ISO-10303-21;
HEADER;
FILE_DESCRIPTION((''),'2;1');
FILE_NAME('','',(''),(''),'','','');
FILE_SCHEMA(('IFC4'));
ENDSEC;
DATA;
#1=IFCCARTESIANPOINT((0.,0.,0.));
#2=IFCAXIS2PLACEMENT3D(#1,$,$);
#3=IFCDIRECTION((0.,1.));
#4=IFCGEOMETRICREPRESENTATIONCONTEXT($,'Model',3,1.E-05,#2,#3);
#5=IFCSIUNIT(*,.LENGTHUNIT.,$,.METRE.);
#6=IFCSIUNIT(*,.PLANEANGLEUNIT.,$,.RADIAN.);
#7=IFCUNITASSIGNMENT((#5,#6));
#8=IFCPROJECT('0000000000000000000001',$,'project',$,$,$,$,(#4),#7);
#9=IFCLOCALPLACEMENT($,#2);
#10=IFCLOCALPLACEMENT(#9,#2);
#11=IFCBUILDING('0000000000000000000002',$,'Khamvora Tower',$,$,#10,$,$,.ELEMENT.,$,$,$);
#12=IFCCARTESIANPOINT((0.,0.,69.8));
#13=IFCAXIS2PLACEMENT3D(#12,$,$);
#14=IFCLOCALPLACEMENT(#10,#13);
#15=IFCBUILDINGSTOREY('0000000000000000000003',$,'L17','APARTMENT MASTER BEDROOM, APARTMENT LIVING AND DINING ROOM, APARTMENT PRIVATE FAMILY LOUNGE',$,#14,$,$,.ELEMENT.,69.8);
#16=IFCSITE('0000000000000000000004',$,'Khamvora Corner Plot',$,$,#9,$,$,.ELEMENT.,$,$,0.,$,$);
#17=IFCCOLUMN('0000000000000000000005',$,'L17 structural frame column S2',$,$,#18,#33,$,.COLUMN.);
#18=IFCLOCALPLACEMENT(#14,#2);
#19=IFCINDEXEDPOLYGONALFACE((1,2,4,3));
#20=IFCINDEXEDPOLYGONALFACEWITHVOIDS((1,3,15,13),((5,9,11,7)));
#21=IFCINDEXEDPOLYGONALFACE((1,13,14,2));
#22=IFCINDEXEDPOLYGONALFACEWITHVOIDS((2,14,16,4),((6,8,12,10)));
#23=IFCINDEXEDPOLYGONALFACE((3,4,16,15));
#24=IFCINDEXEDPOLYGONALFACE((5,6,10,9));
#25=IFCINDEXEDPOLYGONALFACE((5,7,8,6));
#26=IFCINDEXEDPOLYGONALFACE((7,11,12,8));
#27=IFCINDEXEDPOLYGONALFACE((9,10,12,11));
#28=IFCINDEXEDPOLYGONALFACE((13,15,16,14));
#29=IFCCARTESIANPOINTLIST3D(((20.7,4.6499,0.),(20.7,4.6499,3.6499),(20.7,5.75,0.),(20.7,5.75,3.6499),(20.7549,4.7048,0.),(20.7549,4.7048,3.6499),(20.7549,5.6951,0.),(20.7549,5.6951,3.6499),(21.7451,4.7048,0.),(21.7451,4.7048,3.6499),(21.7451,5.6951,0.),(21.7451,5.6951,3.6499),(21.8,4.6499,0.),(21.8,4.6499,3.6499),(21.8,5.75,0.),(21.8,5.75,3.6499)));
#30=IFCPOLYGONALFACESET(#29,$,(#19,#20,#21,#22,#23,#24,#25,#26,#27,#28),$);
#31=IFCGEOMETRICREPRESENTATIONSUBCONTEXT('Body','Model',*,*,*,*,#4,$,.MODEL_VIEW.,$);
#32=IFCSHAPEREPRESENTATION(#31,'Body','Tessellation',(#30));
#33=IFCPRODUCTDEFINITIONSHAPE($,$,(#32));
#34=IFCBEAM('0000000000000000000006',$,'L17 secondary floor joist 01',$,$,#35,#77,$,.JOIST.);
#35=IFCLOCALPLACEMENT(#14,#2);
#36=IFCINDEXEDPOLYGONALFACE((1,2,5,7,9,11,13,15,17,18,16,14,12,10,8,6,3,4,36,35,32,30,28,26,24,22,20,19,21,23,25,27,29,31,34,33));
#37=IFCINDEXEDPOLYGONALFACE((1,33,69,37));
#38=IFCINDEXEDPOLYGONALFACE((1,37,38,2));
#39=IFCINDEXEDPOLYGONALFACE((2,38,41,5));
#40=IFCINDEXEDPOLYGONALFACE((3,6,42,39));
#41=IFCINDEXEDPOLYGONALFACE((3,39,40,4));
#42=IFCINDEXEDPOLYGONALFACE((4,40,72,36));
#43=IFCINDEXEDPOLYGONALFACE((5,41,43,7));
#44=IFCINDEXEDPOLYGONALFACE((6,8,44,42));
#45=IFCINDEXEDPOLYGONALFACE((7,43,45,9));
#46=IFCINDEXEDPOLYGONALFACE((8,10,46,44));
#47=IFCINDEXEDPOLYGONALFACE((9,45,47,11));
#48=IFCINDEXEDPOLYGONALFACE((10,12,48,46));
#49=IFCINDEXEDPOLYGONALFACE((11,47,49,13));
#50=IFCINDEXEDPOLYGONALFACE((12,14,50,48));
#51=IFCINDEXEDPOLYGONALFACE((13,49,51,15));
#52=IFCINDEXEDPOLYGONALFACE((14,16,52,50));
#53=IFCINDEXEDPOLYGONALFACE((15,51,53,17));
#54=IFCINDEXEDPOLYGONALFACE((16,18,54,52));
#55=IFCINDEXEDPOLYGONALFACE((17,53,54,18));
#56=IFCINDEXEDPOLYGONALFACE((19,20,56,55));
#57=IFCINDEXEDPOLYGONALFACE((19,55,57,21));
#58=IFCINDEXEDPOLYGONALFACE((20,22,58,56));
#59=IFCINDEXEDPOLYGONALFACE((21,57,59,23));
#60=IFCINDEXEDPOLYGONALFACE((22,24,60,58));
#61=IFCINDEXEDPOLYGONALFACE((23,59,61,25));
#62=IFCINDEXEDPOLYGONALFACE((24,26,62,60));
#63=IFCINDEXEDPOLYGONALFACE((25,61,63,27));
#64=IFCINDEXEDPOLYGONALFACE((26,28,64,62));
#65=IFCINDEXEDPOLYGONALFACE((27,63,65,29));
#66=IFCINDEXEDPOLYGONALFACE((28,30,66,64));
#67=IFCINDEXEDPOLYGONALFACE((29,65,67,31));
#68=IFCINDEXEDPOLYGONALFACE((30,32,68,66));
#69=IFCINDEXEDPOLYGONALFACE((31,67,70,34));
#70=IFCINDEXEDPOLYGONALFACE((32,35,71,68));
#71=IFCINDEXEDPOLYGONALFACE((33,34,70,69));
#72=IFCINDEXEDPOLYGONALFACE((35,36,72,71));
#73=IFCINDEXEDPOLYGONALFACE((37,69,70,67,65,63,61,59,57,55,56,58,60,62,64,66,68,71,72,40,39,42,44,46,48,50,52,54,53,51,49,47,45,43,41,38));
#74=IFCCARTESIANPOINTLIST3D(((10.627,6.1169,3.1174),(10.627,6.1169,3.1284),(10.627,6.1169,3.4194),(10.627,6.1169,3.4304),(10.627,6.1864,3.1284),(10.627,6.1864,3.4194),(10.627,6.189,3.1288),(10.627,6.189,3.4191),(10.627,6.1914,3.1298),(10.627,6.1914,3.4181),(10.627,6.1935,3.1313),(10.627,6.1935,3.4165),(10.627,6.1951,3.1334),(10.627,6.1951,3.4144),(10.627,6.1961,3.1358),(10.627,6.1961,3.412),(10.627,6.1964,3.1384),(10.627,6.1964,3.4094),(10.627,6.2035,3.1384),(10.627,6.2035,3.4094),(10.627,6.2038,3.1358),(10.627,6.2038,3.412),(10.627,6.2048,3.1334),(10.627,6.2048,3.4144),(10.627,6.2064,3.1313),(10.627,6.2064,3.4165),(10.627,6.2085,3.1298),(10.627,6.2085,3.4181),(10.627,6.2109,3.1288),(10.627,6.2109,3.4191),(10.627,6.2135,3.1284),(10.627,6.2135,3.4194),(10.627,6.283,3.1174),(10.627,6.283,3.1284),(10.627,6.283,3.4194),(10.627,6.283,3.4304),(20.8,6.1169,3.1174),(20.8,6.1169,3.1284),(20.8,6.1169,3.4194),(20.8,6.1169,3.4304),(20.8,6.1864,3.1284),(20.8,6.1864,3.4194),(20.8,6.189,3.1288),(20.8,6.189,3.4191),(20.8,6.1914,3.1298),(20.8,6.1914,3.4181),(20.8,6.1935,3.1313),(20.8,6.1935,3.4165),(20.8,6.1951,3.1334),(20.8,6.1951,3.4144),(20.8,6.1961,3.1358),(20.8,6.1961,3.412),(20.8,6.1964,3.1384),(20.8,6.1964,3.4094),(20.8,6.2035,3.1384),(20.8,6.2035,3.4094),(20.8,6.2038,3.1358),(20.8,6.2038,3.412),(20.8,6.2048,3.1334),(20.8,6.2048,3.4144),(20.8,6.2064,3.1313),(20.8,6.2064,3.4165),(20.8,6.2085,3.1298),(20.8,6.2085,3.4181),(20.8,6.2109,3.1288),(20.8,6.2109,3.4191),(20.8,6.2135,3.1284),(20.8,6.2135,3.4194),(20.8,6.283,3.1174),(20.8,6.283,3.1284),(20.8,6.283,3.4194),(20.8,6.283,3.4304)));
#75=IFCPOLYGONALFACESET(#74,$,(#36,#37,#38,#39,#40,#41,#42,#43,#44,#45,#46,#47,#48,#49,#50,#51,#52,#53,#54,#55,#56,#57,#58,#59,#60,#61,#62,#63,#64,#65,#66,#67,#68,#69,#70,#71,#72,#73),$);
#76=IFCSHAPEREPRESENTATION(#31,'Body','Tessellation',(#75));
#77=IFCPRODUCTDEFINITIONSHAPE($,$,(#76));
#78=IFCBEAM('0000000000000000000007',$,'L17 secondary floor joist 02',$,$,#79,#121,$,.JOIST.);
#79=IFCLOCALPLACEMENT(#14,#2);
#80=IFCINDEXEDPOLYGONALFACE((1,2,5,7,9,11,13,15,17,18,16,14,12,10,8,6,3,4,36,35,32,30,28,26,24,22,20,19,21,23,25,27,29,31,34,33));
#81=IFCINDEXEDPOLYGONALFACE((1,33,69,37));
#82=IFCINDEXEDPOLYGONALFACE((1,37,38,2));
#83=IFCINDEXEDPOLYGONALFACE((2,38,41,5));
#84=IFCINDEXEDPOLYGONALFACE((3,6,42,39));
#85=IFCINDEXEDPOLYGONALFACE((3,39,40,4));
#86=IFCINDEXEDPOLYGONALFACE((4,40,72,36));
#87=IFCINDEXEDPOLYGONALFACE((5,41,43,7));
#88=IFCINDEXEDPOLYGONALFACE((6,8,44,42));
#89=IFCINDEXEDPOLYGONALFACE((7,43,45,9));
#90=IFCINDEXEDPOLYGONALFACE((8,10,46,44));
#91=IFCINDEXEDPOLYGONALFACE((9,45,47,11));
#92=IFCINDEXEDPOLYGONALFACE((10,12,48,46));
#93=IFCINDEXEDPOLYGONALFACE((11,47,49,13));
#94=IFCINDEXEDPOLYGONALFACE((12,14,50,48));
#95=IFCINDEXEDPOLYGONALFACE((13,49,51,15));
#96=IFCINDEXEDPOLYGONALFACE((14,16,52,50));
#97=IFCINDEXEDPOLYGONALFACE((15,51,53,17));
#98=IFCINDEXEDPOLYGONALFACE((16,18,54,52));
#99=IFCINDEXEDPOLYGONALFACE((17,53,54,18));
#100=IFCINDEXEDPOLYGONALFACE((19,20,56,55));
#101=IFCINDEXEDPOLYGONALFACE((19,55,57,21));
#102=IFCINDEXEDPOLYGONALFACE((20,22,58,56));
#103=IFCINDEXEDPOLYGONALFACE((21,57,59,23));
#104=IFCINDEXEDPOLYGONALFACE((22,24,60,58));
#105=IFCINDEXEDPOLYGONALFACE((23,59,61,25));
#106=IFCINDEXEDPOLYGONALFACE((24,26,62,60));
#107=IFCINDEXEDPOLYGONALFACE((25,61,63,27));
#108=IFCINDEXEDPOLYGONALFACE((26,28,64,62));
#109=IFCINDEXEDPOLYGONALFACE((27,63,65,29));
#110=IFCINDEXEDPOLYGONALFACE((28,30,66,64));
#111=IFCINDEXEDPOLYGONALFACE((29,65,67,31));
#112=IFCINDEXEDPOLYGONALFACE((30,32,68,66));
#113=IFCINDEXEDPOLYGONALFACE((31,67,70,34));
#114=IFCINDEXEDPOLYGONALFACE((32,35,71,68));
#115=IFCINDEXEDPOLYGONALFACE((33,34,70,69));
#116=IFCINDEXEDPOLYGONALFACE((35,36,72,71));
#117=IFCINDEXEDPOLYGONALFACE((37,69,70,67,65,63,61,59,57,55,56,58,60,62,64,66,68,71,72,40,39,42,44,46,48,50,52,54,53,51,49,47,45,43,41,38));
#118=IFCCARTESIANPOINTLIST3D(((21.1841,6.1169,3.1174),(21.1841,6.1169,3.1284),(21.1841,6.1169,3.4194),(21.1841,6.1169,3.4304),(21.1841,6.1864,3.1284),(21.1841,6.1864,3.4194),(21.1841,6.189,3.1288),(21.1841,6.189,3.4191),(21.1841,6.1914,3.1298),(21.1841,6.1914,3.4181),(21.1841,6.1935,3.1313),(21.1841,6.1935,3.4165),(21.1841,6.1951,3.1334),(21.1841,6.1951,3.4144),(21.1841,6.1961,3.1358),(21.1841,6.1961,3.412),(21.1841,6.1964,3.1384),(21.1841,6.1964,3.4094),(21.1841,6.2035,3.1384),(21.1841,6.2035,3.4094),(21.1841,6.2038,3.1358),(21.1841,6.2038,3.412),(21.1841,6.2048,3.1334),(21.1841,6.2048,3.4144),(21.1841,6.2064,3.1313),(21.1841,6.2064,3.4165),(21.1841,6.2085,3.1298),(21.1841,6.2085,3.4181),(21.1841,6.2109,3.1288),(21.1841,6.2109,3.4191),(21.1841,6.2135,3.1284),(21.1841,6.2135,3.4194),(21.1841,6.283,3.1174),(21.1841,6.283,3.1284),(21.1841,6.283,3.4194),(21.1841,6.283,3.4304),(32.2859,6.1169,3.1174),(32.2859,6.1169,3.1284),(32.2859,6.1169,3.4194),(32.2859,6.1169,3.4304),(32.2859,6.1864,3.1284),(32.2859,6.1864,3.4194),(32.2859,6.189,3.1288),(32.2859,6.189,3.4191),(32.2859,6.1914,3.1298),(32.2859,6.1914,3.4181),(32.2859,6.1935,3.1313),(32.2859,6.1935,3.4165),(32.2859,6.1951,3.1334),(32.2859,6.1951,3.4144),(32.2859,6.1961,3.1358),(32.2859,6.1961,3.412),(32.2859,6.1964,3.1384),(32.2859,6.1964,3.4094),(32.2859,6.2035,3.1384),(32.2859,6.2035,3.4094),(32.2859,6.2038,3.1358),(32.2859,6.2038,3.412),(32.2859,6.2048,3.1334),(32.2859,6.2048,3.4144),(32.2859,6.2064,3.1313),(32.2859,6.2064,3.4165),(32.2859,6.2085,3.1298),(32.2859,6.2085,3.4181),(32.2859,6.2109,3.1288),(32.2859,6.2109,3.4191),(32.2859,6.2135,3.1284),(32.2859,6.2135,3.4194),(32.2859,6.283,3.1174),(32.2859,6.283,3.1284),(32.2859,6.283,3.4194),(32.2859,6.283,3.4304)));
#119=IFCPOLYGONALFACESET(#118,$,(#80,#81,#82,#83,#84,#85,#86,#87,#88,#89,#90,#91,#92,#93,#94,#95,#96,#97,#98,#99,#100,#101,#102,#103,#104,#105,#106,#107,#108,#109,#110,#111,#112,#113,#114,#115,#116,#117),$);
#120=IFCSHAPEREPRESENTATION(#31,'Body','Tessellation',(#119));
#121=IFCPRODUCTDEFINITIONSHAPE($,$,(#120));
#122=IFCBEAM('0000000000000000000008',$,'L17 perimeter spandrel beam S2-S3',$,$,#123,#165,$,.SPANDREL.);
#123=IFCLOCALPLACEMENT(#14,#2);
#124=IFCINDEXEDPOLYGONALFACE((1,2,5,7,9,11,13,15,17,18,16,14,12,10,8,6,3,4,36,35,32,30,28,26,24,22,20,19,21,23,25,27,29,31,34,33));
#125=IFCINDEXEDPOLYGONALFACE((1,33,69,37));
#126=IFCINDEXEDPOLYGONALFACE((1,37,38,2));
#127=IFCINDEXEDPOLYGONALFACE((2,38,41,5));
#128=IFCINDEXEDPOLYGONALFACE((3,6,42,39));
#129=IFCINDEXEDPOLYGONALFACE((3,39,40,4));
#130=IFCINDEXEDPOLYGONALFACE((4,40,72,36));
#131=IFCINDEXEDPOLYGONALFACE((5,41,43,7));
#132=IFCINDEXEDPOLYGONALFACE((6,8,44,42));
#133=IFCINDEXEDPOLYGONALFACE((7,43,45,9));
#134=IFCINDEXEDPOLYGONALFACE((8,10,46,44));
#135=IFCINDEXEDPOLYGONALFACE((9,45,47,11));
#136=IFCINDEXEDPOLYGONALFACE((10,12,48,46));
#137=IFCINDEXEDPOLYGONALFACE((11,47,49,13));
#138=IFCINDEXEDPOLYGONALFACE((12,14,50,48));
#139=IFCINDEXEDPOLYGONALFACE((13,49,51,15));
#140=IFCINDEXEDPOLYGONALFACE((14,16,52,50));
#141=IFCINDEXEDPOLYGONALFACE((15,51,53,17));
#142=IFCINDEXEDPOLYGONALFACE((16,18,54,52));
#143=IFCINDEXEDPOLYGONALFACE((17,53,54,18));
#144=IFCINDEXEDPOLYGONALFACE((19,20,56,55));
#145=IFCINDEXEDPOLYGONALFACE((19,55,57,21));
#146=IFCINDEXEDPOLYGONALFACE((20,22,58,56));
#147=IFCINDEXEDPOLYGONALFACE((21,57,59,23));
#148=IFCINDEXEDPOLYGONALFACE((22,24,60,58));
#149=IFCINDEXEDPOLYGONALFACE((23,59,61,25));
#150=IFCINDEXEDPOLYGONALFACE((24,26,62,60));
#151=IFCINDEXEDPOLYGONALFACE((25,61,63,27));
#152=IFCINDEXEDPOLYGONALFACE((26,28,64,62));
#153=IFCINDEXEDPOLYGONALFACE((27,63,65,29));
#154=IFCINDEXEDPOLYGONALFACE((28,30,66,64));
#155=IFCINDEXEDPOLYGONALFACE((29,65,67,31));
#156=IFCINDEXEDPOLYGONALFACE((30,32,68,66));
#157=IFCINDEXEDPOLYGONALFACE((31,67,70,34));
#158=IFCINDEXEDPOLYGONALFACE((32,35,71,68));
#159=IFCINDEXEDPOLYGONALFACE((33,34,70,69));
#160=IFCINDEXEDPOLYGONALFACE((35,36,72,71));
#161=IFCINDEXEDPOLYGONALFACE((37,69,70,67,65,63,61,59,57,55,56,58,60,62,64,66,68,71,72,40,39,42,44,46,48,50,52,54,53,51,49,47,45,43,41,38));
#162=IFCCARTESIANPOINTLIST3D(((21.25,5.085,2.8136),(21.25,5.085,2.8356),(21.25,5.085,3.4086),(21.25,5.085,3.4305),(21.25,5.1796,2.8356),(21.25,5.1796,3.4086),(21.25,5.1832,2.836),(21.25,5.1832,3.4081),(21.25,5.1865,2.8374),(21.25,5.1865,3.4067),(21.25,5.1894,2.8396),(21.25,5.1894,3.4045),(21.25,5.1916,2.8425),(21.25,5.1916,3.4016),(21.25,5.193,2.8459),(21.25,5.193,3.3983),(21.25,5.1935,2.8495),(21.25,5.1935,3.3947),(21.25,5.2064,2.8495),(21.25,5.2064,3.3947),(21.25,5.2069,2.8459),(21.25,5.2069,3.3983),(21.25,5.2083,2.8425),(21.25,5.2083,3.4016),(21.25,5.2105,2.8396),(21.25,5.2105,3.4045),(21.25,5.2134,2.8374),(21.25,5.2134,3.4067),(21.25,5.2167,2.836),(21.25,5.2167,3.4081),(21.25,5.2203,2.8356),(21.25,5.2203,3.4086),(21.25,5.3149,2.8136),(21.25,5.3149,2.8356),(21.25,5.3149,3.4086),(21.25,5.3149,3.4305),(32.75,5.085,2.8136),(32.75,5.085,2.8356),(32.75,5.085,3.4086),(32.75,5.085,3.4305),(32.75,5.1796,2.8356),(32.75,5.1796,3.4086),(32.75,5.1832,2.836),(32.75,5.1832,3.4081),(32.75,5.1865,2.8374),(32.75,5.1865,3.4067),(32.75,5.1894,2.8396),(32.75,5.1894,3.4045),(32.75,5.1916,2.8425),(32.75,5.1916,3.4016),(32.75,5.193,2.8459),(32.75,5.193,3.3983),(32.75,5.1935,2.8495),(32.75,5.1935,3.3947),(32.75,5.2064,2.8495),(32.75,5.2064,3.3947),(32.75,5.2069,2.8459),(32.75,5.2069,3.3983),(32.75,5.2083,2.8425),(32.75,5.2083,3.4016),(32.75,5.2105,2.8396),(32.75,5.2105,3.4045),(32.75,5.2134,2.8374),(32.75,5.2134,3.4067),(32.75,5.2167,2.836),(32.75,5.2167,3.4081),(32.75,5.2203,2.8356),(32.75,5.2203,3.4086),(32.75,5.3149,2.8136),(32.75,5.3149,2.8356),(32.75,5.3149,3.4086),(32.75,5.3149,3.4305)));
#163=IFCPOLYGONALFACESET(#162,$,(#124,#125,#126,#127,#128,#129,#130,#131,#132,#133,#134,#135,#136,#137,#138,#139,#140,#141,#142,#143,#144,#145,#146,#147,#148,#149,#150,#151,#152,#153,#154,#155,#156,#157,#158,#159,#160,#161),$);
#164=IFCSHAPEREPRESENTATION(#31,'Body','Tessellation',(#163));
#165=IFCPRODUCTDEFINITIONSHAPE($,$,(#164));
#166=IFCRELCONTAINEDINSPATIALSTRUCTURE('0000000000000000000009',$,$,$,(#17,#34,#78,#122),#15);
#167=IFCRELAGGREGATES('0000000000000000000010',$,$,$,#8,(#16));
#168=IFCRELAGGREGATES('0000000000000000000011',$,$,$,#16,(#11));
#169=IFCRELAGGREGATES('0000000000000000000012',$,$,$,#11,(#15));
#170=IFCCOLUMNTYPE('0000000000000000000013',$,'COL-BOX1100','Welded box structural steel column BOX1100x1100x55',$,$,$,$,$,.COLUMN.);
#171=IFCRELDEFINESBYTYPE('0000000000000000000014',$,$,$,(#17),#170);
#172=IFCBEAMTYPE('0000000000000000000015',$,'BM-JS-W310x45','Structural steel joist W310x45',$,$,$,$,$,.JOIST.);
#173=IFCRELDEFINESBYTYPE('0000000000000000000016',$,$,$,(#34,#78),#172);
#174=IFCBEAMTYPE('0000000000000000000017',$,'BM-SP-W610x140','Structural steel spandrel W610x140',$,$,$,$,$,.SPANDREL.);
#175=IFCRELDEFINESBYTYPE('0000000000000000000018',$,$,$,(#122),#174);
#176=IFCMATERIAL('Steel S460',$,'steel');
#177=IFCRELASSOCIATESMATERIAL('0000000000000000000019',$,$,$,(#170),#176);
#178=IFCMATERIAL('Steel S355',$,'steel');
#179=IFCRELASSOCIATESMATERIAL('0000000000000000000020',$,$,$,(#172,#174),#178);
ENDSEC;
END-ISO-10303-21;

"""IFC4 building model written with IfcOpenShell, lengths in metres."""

from ifc_helpers import new_model, si_unit, direction, frame, origin, origin_2d, place, context, subcontext, project, spatial, hollow_rectangle, i_section, extrude, material, material_profile, profile_set, type_object, element, save


model = new_model("IFC4")

# Units and contexts
model_context = context("Model", 3, precision=1e-05, world=origin(), true_north=direction((0.0, 1.0)))
body_context = subcontext(model_context, "Body", "Model", "MODEL_VIEW")
ifc_project = project(units=[si_unit("LENGTHUNIT", "METRE"), si_unit("PLANEANGLEUNIT", "RADIAN")], contexts=[model_context])

# Site, building, storey
site_placement = place(None, origin())
site = spatial("IfcSite", under=ifc_project, at=site_placement, Name="Khamvora Corner Plot", CompositionType="ELEMENT", RefElevation=0.0)
building_placement = place(site_placement, origin())
building = spatial("IfcBuilding", under=site, at=building_placement, Name="Khamvora Tower", CompositionType="ELEMENT")
storey_placement = place(building_placement, frame((0.0, 0.0, 69.8)))
storey = spatial("IfcBuildingStorey", under=building, at=storey_placement, Name="L17", Description="APARTMENT MASTER BEDROOM, APARTMENT LIVING AND DINING ROOM, APARTMENT PRIVATE FAMILY LOUNGE", CompositionType="ELEMENT", Elevation=69.8)

# Column
ifc_material_1 = material(Name="Steel S460", Category="steel")
ifc_material_profile_1 = material_profile(ifc_material_1, hollow_rectangle(XDim=1.1001, YDim=1.1001, WallThickness=0.0549, at=origin_2d()), Name="BOX1100x1100x55")
ifc_profile_set_1 = profile_set([ifc_material_profile_1], Name="Steel S460")
column_type = type_object("IfcColumnType", Name="COL-BOX1100", Description="Welded box structural steel column BOX1100x1100x55", PredefinedType="COLUMN", material=ifc_profile_set_1)
column_placement = place(storey_placement, frame((21.25, 5.2, 0.0), z_axis=(0.0, 0.0, 1.0), x_axis=(1.0, 0.0, 0.0)))
element("IfcColumn", 1, at=column_placement, inside=storey, type_object=column_type, Name="L17 structural frame column S2", PredefinedType="COLUMN", context=body_context, shape_type="SweptSolid", body=[
    extrude(hollow_rectangle(XDim=1.1001, YDim=1.1001, WallThickness=0.0549, at=origin_2d()), origin(), (0.0, 0.0, 1.0), 3.6499),
])

# Beams
ifc_material_2 = material(Name="Steel S355", Category="steel")
ifc_material_profile_2 = material_profile(ifc_material_2, i_section(OverallWidth=0.166, OverallDepth=0.313, WebThickness=0.0071, FlangeThickness=0.011, FilletRadius=0.01, at=origin_2d()), Name="W310x45")
ifc_profile_set_2 = profile_set([ifc_material_profile_2], Name="Steel S355")
beam_type_1 = type_object("IfcBeamType", Name="BM-JS-W310x45", Description="Structural steel joist W310x45", PredefinedType="JOIST", material=ifc_profile_set_2)
beam_1_placement = place(storey_placement, frame((10.627, 6.2, 3.2739), z_axis=(1.0, 0.0, 0.0), x_axis=(0.0, 1.0, 0.0)))
element("IfcBeam", 2, at=beam_1_placement, inside=storey, type_object=beam_type_1, Name="L17 secondary floor joist 01", PredefinedType="JOIST", context=body_context, shape_type="SweptSolid", body=[
    extrude(i_section(OverallWidth=0.166, OverallDepth=0.313, WebThickness=0.0071, FlangeThickness=0.011, FilletRadius=0.01, at=origin_2d()), origin(), (0.0, 0.0, 1.0), 10.1731),
])
beam_2_placement = place(storey_placement, frame((21.1841, 6.2, 3.2739), z_axis=(1.0, 0.0, 0.0), x_axis=(0.0, 1.0, 0.0)))
element("IfcBeam", 3, at=beam_2_placement, inside=storey, type_object=beam_type_1, Name="L17 secondary floor joist 02", PredefinedType="JOIST", context=body_context, shape_type="SweptSolid", body=[
    extrude(i_section(OverallWidth=0.166, OverallDepth=0.313, WebThickness=0.0071, FlangeThickness=0.011, FilletRadius=0.01, at=origin_2d()), origin(), (0.0, 0.0, 1.0), 11.1018),
])
ifc_material_profile_3 = material_profile(ifc_material_2, i_section(OverallWidth=0.23, OverallDepth=0.6169, WebThickness=0.0129, FlangeThickness=0.022, FilletRadius=0.0139, at=origin_2d()), Name="W610x140")
ifc_profile_set_3 = profile_set([ifc_material_profile_3], Name="Steel S355")
beam_type_2 = type_object("IfcBeamType", Name="BM-SP-W610x140", Description="Structural steel spandrel W610x140", PredefinedType="SPANDREL", material=ifc_profile_set_3)
beam_3_placement = place(storey_placement, frame((21.25, 5.2, 3.1221), z_axis=(1.0, 0.0, 0.0), x_axis=(0.0, 1.0, 0.0)))
element("IfcBeam", 4, at=beam_3_placement, inside=storey, type_object=beam_type_2, Name="L17 perimeter spandrel beam S2-S3", PredefinedType="SPANDREL", context=body_context, shape_type="SweptSolid", body=[
    extrude(i_section(OverallWidth=0.23, OverallDepth=0.6169, WebThickness=0.0129, FlangeThickness=0.022, FilletRadius=0.0139, at=origin_2d()), origin(), (0.0, 0.0, 1.0), 11.5),
])

save(model, "model.ifc")
